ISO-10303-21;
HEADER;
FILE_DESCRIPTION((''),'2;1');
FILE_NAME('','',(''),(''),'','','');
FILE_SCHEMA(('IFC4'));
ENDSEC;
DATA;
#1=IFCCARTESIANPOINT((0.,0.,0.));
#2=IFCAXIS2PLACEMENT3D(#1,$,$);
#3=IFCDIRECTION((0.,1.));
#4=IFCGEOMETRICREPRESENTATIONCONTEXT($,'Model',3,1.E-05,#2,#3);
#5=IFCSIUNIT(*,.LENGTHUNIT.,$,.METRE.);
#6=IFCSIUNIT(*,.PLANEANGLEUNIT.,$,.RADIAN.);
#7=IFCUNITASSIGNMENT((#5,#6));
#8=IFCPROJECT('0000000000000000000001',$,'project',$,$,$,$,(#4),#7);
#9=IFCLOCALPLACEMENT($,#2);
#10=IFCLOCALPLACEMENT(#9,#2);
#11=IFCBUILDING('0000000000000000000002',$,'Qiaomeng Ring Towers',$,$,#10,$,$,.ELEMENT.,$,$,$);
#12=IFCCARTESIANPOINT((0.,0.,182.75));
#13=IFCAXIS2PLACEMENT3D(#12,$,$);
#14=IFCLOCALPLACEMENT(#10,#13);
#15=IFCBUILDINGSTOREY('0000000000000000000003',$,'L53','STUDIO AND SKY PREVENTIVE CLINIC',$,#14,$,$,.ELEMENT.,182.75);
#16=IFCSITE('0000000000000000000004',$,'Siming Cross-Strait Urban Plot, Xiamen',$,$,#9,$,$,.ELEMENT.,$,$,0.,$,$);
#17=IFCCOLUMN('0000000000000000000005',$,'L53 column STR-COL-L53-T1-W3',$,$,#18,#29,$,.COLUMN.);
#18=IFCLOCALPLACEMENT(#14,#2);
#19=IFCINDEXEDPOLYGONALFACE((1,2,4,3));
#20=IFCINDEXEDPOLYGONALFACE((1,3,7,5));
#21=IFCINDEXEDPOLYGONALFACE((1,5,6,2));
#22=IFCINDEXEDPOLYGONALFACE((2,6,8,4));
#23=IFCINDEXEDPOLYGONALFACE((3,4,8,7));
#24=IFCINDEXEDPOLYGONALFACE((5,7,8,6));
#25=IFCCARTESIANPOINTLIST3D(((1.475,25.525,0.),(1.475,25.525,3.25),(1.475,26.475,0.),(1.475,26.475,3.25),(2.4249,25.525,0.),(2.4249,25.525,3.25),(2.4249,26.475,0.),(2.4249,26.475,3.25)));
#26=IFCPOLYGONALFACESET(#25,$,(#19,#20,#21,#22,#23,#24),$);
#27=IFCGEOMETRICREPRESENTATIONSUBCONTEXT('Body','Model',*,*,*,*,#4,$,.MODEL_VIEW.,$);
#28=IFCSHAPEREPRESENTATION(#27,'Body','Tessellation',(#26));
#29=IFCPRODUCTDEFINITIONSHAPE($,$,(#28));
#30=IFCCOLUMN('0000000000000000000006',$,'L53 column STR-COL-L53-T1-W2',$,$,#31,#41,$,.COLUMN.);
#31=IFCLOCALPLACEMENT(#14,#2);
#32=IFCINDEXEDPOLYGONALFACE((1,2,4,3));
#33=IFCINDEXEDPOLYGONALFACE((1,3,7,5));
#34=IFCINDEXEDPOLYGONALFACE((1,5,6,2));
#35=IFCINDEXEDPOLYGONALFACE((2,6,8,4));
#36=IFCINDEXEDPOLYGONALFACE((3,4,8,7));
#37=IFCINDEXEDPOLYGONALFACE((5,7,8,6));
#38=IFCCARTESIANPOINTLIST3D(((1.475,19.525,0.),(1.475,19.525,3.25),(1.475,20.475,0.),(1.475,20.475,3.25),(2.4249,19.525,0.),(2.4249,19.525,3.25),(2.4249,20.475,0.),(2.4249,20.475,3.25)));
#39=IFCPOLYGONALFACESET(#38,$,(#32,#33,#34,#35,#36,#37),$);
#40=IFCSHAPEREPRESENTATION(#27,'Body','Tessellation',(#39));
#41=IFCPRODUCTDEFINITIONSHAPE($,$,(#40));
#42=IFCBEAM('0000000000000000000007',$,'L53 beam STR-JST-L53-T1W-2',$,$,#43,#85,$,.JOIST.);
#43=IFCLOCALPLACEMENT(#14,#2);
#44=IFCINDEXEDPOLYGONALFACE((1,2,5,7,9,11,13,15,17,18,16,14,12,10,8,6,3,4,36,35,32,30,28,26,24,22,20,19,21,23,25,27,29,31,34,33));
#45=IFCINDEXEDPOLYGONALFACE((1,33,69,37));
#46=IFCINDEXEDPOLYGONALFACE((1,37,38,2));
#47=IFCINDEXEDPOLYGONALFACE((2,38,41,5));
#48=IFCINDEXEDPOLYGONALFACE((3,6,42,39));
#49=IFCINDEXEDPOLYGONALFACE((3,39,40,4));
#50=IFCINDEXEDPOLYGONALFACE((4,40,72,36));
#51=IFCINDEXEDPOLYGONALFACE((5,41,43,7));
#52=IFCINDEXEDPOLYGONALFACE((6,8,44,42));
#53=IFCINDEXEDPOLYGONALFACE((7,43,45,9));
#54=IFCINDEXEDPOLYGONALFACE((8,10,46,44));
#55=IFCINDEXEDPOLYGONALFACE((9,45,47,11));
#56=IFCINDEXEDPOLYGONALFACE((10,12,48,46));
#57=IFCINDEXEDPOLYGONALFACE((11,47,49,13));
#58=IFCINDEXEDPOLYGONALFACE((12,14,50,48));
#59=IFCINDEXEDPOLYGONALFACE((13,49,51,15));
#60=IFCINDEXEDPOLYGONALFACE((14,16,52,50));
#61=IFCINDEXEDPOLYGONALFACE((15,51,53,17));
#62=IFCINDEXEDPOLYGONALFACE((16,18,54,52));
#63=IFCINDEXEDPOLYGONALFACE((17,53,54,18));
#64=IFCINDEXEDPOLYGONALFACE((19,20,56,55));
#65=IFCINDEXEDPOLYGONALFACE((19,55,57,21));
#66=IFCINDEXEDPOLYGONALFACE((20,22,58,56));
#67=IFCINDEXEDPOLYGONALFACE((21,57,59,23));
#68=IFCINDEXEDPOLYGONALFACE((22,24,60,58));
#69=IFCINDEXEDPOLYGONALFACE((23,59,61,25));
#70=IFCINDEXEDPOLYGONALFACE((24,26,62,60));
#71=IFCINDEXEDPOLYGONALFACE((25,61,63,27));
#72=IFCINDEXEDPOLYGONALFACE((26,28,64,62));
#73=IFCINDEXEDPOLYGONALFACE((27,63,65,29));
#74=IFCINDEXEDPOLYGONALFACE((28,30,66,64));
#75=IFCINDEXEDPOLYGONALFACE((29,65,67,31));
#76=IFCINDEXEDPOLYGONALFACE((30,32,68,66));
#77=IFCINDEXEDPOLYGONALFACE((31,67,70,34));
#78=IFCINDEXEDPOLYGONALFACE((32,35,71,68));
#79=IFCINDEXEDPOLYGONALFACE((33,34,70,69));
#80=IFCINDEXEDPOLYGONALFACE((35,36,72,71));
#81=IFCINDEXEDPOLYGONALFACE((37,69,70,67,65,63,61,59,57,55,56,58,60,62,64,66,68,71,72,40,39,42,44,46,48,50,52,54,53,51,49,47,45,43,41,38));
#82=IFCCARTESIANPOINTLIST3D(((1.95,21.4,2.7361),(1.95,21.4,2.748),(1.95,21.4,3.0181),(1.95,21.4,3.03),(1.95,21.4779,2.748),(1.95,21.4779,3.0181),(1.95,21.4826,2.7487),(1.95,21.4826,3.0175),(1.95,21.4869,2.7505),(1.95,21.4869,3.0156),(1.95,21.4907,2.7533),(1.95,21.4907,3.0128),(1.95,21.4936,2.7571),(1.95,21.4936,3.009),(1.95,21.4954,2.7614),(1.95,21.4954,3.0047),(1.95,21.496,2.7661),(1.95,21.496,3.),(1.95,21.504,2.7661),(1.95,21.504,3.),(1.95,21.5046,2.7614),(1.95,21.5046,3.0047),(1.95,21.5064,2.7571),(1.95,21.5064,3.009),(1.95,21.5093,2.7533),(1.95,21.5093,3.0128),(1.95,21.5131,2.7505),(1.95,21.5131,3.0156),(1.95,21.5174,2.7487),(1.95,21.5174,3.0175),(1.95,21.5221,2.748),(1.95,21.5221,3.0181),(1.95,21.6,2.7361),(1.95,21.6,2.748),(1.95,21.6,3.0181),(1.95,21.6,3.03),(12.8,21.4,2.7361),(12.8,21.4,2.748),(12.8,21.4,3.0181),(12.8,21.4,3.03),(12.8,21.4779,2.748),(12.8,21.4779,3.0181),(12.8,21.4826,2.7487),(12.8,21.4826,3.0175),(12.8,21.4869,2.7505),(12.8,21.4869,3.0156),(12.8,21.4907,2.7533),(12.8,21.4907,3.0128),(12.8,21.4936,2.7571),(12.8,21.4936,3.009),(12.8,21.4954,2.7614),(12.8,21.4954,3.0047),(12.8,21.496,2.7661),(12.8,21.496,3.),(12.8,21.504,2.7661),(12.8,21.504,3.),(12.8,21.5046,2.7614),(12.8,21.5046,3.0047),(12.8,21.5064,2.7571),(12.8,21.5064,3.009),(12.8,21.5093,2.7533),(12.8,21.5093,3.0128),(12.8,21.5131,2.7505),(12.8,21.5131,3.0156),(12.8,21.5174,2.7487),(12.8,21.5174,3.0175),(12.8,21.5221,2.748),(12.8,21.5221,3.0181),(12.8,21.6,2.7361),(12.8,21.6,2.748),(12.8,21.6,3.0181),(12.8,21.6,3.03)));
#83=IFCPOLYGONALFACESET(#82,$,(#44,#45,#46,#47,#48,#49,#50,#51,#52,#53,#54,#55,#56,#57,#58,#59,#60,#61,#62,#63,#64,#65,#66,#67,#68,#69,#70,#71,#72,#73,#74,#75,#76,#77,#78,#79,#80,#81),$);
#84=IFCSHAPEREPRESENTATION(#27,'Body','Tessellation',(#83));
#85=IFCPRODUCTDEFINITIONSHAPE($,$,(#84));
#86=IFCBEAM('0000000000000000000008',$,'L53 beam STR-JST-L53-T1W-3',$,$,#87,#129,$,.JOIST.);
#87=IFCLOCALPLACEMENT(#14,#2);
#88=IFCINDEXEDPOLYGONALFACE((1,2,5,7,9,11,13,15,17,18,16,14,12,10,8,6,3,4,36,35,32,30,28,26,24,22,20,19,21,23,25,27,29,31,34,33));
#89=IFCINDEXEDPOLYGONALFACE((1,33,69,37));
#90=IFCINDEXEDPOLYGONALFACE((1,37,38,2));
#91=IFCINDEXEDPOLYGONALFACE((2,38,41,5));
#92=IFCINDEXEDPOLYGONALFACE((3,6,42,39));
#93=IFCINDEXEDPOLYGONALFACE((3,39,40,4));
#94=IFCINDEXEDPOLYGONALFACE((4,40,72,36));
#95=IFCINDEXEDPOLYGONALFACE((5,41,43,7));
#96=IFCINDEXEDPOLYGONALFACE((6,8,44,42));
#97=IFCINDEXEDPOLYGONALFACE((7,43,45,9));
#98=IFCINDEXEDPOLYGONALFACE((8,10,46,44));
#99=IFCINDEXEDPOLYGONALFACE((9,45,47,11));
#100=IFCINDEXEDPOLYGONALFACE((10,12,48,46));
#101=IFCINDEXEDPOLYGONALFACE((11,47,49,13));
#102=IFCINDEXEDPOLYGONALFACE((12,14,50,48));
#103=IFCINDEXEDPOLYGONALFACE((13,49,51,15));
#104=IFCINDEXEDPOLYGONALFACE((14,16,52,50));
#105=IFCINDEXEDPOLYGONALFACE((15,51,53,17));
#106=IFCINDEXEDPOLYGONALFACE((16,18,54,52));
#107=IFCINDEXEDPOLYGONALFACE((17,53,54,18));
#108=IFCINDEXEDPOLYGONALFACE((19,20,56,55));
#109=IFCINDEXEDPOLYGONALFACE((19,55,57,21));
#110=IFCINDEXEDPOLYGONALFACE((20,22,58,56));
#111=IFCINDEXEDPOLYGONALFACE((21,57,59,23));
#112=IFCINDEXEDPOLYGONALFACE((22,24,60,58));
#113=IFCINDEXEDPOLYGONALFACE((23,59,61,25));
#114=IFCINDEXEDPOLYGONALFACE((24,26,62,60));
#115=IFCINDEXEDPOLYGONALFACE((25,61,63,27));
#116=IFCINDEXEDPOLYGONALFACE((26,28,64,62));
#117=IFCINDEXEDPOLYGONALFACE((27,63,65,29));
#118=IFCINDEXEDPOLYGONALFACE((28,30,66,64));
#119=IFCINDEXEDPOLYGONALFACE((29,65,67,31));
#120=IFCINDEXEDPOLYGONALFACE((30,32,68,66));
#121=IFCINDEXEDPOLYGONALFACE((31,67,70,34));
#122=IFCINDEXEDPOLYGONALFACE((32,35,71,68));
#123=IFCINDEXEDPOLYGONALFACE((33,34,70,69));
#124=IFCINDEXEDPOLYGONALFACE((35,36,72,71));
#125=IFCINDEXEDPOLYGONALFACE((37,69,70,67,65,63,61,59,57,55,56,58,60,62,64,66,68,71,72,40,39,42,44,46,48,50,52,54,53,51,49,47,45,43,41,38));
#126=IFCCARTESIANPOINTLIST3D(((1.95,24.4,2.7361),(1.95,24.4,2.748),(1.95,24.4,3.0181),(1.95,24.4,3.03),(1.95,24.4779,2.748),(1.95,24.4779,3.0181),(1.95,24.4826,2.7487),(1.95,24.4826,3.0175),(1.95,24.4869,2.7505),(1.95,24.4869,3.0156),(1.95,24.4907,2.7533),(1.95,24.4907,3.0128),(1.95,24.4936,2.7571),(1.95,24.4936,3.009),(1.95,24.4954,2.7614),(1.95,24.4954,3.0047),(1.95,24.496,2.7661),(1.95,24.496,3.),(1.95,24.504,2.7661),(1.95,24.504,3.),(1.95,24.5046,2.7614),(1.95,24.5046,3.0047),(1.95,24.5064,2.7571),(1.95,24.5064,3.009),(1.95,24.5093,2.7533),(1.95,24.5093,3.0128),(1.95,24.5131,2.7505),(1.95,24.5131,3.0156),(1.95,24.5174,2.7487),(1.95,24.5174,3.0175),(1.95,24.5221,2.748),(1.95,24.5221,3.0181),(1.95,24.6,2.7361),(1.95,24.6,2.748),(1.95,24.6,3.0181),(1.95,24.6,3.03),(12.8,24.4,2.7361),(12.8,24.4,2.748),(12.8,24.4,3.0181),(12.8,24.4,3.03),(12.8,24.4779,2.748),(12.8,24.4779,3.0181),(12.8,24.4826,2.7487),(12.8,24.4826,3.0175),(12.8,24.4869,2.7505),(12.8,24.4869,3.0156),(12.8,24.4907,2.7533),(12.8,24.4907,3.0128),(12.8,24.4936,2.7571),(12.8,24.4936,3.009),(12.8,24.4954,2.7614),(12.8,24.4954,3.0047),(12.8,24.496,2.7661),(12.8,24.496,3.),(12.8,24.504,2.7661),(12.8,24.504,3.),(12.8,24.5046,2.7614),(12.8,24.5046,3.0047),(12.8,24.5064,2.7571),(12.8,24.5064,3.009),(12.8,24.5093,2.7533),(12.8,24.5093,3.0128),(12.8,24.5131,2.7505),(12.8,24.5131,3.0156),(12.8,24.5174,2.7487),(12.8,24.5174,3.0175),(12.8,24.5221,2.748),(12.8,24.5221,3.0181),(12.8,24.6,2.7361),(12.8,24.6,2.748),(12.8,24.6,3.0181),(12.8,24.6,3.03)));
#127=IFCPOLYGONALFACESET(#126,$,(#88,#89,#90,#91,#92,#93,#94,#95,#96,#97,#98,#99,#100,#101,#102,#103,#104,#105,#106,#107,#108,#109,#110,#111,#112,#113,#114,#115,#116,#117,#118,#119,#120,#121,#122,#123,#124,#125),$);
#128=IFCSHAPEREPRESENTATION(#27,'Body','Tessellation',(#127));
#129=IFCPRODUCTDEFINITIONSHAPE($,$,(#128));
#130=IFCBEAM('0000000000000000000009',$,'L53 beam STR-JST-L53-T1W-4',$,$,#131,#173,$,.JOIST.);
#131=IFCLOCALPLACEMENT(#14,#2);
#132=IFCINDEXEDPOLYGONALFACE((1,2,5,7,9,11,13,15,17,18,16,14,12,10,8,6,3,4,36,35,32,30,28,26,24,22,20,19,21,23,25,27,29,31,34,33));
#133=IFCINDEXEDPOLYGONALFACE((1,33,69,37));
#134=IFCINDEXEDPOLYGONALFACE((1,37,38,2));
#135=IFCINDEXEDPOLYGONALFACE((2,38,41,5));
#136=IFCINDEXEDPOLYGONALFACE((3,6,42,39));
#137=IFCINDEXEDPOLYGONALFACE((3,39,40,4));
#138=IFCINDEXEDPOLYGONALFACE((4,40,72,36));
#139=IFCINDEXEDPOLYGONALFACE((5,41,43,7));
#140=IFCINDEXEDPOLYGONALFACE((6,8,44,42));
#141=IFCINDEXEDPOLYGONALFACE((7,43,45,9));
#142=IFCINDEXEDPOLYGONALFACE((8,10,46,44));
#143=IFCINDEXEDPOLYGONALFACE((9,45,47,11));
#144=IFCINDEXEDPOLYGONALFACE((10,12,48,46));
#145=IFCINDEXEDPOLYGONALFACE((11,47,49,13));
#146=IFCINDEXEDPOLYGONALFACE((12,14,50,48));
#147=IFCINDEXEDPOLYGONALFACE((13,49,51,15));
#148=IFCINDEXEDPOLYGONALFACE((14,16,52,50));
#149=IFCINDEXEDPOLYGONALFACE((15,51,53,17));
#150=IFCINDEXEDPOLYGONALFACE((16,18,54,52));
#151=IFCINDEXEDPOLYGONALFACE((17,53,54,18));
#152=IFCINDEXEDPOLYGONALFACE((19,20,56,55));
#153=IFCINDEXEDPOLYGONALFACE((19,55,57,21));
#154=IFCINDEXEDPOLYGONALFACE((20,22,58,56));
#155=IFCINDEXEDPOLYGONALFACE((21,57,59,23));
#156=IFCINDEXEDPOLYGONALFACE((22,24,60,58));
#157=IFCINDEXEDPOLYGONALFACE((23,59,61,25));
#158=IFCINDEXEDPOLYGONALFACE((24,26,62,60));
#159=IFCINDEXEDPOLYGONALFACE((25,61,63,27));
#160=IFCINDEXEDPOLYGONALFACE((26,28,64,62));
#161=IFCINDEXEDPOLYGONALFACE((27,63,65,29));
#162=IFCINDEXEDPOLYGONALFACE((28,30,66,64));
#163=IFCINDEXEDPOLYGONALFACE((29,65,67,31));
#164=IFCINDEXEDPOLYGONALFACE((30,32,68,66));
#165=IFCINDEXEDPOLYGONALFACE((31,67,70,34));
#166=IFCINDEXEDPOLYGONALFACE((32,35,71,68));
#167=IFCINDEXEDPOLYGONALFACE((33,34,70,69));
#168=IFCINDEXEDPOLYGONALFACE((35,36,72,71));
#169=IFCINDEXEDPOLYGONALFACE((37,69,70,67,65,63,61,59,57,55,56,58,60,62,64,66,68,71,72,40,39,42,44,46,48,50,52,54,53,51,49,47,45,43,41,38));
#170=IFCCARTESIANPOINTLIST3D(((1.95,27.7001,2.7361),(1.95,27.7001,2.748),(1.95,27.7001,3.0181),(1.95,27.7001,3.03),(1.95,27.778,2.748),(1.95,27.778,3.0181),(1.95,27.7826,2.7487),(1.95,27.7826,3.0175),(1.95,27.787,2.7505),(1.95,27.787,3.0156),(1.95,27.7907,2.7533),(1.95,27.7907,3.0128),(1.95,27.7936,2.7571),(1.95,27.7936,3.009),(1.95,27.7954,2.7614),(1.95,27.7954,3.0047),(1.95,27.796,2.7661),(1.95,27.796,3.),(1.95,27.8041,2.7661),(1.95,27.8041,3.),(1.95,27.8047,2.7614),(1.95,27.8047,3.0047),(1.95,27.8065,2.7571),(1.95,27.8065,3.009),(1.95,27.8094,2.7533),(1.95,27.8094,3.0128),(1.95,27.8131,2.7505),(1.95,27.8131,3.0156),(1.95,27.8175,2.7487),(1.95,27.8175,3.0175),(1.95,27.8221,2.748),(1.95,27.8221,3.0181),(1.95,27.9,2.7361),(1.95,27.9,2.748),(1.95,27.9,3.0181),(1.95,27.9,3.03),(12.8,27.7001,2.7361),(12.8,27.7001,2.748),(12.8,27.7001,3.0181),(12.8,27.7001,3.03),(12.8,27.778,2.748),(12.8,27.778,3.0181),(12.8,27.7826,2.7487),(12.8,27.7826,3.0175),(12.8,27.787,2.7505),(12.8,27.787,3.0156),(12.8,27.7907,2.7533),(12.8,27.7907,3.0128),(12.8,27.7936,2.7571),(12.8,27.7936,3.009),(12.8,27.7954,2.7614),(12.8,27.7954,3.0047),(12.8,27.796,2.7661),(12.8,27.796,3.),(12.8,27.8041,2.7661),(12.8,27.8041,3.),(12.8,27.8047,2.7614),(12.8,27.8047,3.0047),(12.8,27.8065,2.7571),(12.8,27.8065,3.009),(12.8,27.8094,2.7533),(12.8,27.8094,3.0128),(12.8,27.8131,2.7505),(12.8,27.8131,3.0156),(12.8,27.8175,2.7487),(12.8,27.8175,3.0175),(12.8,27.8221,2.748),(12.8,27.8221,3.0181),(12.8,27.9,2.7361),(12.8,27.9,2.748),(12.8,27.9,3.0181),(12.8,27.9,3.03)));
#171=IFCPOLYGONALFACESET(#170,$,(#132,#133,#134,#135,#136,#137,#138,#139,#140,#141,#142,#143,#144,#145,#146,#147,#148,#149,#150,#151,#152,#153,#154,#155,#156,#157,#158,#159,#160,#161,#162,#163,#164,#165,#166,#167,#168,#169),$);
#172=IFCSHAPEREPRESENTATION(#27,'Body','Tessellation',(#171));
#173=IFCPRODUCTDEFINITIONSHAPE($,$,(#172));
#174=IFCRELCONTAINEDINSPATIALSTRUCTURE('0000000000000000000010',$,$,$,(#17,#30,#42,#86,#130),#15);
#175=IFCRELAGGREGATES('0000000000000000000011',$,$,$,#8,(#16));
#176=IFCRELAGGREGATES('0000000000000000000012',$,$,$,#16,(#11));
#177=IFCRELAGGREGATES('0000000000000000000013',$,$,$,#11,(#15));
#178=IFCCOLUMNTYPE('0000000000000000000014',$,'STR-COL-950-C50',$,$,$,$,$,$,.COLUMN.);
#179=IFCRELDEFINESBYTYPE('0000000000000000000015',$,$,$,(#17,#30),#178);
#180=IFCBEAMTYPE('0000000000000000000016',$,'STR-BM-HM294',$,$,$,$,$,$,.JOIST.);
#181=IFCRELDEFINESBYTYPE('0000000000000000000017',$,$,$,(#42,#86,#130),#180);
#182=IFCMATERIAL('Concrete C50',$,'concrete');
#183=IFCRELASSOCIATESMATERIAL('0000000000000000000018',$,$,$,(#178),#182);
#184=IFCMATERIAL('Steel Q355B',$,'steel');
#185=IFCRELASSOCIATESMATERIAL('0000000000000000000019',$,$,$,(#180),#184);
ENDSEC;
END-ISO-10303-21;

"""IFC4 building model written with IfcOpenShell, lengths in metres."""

from ifc_helpers import new_model, si_unit, direction, frame, origin, origin_2d, place, context, subcontext, project, spatial, rectangle, i_section, extrude, source, transform, mapped, material, material_profile, profile_set, type_object, element, save


model = new_model("IFC4")

# Units and contexts
model_context = context("Model", 3, precision=1e-05, world=origin(), true_north=direction((0.0, 1.0)))
body_context = subcontext(model_context, "Body", "Model", "MODEL_VIEW")
ifc_project = project(units=[si_unit("LENGTHUNIT", "METRE"), si_unit("PLANEANGLEUNIT", "RADIAN")], contexts=[model_context])

# Site, building, storey
site_placement = place(None, origin())
site = spatial("IfcSite", under=ifc_project, at=site_placement, Name="Siming Cross-Strait Urban Plot, Xiamen", CompositionType="ELEMENT", RefElevation=0.0)
building_placement = place(site_placement, origin())
building = spatial("IfcBuilding", under=site, at=building_placement, Name="Qiaomeng Ring Towers", CompositionType="ELEMENT")
storey_placement = place(building_placement, frame((0.0, 0.0, 182.75)))
storey = spatial("IfcBuildingStorey", under=building, at=storey_placement, Name="L53", Description="STUDIO AND SKY PREVENTIVE CLINIC", CompositionType="ELEMENT", Elevation=182.75)

# Columns
ifc_material_1 = material(Name="Concrete C50", Category="concrete")
ifc_material_profile_1 = material_profile(ifc_material_1, rectangle(XDim=0.95, YDim=0.95, at=origin_2d()), Name="RC COL 950x950")
ifc_profile_set_1 = profile_set([ifc_material_profile_1], Name="Concrete C50")
column_type = type_object("IfcColumnType", Name="STR-COL-950-C50", PredefinedType="COLUMN", material=ifc_profile_set_1)
shared_shape_1 = source(origin(), body_context, "Body", "SweptSolid", [
    extrude(rectangle(XDim=0.95, YDim=0.95, at=origin_2d()), origin(), (0.0, 0.0, 1.0), 3.25),
])
for number, where, z_axis, x_axis, name in (
    (1, (1.95, 26.0, 0.0), (0.0, 0.0, 1.0), (1.0, 0.0, 0.0), "L53 column STR-COL-L53-T1-W3"),
    (2, (1.95, 20.0, 0.0), (0.0, 0.0, 1.0), (1.0, 0.0, 0.0), "L53 column STR-COL-L53-T1-W2"),
):
    element("IfcColumn", number, at=place(storey_placement, frame(where, z_axis=z_axis, x_axis=x_axis)), inside=storey, type_object=column_type, Name=name, PredefinedType="COLUMN", context=body_context, shape_type="MappedRepresentation", body=[
        mapped(shared_shape_1, transform((0.0, 0.0, 0.0), x_axis=(1.0, 0.0, 0.0), y_axis=(0.0, 1.0, 0.0), z_axis=(0.0, 0.0, 1.0), scale=1.0)),
    ])

# Beams
ifc_material_2 = material(Name="Steel Q355B", Category="steel")
ifc_material_profile_2 = material_profile(ifc_material_2, i_section(OverallWidth=0.2, OverallDepth=0.2939, WebThickness=0.0081, FlangeThickness=0.012, FilletRadius=0.0181, at=origin_2d()), Name="HM 294x200x8x12")
ifc_profile_set_2 = profile_set([ifc_material_profile_2], Name="Steel Q355B")
beam_type_1 = type_object("IfcBeamType", Name="STR-BM-HM294", PredefinedType="JOIST", material=ifc_profile_set_2)
shared_shape_2 = source(origin(), body_context, "Body", "SweptSolid", [
    extrude(i_section(OverallWidth=0.2, OverallDepth=0.2939, WebThickness=0.0081, FlangeThickness=0.012, FilletRadius=0.0181, at=origin_2d()), origin(), (0.0, 0.0, 1.0), 10.8501),
])
for number, where, z_axis, x_axis, name in (
    (3, (1.95, 21.5, 2.8831), (1.0, 0.0, 0.0), (0.0, 1.0, 0.0), "L53 beam STR-JST-L53-T1W-2"),
    (4, (1.95, 24.5, 2.8831), (1.0, 0.0, 0.0), (0.0, 1.0, 0.0), "L53 beam STR-JST-L53-T1W-3"),
    (5, (1.95, 27.8, 2.8831), (1.0, 0.0, 0.0), (0.0, 1.0, 0.0), "L53 beam STR-JST-L53-T1W-4"),
):
    element("IfcBeam", number, at=place(storey_placement, frame(where, z_axis=z_axis, x_axis=x_axis)), inside=storey, type_object=beam_type_1, Name=name, PredefinedType="JOIST", context=body_context, shape_type="MappedRepresentation", body=[
        mapped(shared_shape_2, transform((0.0, 0.0, 0.0), x_axis=(1.0, 0.0, 0.0), y_axis=(0.0, 1.0, 0.0), z_axis=(0.0, 0.0, 1.0), scale=1.0)),
    ])

save(model, "model.ifc")
